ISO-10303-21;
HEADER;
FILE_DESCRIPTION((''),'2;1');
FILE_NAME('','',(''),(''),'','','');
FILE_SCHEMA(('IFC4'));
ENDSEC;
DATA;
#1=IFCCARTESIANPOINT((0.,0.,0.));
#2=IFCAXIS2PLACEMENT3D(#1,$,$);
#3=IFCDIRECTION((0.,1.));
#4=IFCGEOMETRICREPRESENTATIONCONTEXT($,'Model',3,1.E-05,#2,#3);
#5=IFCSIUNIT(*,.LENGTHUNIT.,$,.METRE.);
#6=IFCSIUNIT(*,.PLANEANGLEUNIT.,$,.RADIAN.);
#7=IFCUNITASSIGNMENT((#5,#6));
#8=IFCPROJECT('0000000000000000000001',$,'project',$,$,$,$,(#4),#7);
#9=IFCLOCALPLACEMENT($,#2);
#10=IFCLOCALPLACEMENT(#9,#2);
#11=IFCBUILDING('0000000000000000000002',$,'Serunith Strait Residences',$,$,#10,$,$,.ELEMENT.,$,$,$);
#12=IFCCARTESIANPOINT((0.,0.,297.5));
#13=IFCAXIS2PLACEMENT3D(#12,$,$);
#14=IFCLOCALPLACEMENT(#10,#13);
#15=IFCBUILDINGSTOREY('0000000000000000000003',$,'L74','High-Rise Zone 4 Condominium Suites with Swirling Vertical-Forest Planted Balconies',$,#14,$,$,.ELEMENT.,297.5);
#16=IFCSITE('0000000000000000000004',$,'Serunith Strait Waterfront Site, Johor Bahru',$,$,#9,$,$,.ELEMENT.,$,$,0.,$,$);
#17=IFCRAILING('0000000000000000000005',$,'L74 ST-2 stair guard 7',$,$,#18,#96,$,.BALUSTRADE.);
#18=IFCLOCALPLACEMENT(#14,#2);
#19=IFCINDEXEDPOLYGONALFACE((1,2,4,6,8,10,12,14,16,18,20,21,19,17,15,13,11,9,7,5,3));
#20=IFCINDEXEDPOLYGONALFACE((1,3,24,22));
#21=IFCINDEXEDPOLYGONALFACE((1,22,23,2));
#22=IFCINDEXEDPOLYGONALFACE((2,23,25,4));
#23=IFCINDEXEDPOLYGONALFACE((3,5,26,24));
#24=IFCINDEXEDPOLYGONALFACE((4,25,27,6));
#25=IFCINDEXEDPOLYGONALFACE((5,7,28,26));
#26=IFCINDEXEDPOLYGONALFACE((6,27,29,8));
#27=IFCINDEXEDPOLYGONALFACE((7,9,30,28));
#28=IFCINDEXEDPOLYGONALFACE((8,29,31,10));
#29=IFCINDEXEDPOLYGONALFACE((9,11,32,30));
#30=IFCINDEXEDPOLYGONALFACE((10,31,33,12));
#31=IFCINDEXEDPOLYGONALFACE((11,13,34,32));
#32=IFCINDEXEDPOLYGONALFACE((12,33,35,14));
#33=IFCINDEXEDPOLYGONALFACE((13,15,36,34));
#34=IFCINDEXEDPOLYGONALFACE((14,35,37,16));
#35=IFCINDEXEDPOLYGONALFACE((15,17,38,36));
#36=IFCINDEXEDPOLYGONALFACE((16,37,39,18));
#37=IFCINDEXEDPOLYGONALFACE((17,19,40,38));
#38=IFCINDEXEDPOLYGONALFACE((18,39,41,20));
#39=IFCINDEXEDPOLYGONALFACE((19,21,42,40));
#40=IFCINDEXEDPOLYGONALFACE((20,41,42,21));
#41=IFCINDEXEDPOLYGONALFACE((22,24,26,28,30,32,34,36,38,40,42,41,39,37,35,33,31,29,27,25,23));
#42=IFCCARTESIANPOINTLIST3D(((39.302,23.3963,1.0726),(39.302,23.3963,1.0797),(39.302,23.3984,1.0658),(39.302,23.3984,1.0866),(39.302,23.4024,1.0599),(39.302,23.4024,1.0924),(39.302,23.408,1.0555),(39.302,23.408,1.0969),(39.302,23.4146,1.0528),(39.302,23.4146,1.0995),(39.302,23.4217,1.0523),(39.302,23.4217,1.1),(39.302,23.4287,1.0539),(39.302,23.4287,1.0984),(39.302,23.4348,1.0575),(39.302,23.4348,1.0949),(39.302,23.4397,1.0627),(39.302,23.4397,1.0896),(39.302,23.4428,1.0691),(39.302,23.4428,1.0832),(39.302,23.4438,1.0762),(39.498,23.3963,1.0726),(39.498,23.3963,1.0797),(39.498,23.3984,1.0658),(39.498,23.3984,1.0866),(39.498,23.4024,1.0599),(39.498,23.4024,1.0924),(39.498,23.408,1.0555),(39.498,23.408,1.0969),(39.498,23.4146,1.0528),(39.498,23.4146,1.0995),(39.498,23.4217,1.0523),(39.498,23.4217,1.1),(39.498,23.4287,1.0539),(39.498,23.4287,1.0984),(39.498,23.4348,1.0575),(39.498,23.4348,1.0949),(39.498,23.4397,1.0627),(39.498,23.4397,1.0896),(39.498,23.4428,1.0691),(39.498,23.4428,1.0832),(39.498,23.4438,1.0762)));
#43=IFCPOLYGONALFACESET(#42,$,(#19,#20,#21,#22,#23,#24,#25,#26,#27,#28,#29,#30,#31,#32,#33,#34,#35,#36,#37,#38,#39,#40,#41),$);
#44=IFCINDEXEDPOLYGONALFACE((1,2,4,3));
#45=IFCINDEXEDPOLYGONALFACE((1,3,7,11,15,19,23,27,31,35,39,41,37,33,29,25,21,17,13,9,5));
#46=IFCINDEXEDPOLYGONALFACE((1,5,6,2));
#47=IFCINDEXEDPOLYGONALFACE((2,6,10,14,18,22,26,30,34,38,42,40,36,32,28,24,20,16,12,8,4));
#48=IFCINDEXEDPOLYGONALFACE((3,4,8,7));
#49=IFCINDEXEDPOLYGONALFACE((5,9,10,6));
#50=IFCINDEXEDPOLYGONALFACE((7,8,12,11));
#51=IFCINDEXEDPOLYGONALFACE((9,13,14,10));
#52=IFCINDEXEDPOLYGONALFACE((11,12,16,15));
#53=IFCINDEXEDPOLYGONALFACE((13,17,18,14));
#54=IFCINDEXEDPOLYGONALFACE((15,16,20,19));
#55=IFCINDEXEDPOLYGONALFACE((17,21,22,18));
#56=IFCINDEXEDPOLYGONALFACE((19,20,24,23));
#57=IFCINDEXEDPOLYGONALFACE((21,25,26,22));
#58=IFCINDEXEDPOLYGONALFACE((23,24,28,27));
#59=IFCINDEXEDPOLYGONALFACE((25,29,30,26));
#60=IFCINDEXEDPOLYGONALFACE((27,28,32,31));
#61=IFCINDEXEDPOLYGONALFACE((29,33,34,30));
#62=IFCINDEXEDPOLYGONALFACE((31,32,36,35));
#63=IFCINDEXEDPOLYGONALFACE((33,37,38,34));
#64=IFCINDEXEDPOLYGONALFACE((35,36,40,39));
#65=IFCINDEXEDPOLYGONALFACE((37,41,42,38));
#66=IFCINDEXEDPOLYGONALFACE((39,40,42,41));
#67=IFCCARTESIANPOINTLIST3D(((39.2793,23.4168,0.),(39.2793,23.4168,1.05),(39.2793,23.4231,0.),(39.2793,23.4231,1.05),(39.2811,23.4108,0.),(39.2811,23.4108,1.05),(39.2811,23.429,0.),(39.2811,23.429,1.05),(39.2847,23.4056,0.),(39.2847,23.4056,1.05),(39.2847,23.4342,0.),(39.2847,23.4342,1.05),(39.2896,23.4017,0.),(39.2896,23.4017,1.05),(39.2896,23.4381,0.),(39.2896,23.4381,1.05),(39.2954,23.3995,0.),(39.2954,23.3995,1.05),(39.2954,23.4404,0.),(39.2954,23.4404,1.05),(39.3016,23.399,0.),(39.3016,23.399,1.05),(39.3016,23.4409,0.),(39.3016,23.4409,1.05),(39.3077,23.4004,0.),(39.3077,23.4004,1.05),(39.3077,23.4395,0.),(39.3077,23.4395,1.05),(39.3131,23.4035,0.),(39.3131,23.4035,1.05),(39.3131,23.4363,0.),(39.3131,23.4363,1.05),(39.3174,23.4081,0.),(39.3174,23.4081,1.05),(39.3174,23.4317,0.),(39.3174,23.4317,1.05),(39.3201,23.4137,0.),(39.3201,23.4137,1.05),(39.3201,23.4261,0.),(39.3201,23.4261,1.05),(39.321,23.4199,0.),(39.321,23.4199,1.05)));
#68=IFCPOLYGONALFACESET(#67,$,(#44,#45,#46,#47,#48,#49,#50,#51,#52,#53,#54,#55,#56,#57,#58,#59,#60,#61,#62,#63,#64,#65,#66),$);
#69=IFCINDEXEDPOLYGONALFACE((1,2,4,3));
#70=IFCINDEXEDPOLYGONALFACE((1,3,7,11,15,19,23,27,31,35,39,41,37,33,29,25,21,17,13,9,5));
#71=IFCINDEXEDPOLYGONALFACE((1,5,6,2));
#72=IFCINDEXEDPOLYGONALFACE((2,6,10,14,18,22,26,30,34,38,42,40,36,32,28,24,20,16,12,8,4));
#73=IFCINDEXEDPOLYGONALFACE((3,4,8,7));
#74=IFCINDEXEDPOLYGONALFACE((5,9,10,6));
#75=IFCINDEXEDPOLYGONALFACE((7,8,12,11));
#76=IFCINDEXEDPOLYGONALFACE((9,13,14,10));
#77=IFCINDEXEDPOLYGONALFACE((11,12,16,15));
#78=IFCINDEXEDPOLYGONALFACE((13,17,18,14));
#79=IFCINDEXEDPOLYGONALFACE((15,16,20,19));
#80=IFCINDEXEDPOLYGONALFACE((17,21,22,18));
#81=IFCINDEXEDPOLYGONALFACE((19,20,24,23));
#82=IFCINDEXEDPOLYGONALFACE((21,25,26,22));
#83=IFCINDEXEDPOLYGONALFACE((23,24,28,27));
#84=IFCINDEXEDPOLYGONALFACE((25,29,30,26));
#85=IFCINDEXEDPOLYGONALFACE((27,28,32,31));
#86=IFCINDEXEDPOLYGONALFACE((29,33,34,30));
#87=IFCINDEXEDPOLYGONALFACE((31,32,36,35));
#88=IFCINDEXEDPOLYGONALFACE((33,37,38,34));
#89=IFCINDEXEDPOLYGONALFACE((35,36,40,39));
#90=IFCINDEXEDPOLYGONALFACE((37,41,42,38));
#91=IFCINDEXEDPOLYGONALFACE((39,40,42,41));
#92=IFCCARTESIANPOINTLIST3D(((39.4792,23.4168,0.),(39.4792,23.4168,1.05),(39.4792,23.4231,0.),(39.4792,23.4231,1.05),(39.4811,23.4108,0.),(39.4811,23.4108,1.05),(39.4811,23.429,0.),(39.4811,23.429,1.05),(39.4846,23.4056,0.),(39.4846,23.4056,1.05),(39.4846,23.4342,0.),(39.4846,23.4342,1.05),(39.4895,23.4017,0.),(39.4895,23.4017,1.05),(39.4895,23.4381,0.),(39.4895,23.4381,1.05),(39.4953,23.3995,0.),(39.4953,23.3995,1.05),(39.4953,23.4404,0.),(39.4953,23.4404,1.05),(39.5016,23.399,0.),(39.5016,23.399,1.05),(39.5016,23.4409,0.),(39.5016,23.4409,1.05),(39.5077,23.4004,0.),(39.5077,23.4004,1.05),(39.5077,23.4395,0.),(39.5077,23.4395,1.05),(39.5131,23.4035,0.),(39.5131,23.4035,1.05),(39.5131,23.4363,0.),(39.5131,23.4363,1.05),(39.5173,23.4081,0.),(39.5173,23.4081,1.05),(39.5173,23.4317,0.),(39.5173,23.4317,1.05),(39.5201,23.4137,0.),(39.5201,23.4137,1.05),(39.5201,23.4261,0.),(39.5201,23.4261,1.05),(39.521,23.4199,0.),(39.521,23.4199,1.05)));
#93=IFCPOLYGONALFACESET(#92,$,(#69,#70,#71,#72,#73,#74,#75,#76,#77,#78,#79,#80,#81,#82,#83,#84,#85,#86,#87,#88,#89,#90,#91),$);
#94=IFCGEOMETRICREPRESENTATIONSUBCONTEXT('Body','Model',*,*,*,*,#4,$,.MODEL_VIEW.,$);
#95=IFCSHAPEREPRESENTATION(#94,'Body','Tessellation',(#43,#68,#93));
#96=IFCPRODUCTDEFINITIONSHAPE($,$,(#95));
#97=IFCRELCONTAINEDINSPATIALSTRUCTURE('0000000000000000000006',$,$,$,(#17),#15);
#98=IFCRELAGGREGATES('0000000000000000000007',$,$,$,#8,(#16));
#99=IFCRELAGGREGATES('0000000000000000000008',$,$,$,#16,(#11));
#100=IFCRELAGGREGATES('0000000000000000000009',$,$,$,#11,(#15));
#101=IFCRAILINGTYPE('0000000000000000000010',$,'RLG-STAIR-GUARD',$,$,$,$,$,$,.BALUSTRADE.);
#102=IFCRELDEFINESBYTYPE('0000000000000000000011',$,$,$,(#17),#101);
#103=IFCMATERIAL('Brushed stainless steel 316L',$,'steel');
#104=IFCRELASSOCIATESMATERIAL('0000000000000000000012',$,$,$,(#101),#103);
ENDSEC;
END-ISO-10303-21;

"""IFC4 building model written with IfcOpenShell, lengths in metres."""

from ifc_helpers import new_model, si_unit, direction, frame, origin, origin_2d, place, context, subcontext, project, spatial, circle, extrude, material, type_object, element, save


model = new_model("IFC4")

# Units and contexts
model_context = context("Model", 3, precision=1e-05, world=origin(), true_north=direction((0.0, 1.0)))
body_context = subcontext(model_context, "Body", "Model", "MODEL_VIEW")
ifc_project = project(units=[si_unit("LENGTHUNIT", "METRE"), si_unit("PLANEANGLEUNIT", "RADIAN")], contexts=[model_context])

# Site, building, storey
site_placement = place(None, origin())
site = spatial("IfcSite", under=ifc_project, at=site_placement, Name="Serunith Strait Waterfront Site, Johor Bahru", CompositionType="ELEMENT", RefElevation=0.0)
building_placement = place(site_placement, origin())
building = spatial("IfcBuilding", under=site, at=building_placement, Name="Serunith Strait Residences", CompositionType="ELEMENT")
storey_placement = place(building_placement, frame((0.0, 0.0, 297.5)))
storey = spatial("IfcBuildingStorey", under=building, at=storey_placement, Name="L74", Description="High-Rise Zone 4 Condominium Suites with Swirling Vertical-Forest Planted Balconies", CompositionType="ELEMENT", Elevation=297.5)

# Railing
ifc_material_1 = material(Name="Brushed stainless steel 316L", Category="steel")
railing_type_1 = type_object("IfcRailingType", Name="RLG-STAIR-GUARD", PredefinedType="BALUSTRADE", material=ifc_material_1)
railing_1_placement = place(storey_placement, frame((39.3, 23.4199, 0.0)))
element("IfcRailing", 1, at=railing_1_placement, inside=storey, type_object=railing_type_1, Name="L74 ST-2 stair guard 7", PredefinedType="BALUSTRADE", context=body_context, shape_type="SweptSolid", body=[
    extrude(circle(Radius=0.0239, at=origin_2d()), frame((0.002, 0.0, 1.0762), z_axis=(1.0, 0.0, 0.0), x_axis=(0.0, 1.0, 0.0)), (0.0, 0.0, 1.0), 0.196),
    extrude(circle(Radius=0.021, at=origin_2d()), origin(), (0.0, 0.0, 1.0), 1.05),
    extrude(circle(Radius=0.021, at=origin_2d()), frame((0.2, 0.0, 0.0)), (0.0, 0.0, 1.0), 1.05),
])

save(model, "model.ifc")
